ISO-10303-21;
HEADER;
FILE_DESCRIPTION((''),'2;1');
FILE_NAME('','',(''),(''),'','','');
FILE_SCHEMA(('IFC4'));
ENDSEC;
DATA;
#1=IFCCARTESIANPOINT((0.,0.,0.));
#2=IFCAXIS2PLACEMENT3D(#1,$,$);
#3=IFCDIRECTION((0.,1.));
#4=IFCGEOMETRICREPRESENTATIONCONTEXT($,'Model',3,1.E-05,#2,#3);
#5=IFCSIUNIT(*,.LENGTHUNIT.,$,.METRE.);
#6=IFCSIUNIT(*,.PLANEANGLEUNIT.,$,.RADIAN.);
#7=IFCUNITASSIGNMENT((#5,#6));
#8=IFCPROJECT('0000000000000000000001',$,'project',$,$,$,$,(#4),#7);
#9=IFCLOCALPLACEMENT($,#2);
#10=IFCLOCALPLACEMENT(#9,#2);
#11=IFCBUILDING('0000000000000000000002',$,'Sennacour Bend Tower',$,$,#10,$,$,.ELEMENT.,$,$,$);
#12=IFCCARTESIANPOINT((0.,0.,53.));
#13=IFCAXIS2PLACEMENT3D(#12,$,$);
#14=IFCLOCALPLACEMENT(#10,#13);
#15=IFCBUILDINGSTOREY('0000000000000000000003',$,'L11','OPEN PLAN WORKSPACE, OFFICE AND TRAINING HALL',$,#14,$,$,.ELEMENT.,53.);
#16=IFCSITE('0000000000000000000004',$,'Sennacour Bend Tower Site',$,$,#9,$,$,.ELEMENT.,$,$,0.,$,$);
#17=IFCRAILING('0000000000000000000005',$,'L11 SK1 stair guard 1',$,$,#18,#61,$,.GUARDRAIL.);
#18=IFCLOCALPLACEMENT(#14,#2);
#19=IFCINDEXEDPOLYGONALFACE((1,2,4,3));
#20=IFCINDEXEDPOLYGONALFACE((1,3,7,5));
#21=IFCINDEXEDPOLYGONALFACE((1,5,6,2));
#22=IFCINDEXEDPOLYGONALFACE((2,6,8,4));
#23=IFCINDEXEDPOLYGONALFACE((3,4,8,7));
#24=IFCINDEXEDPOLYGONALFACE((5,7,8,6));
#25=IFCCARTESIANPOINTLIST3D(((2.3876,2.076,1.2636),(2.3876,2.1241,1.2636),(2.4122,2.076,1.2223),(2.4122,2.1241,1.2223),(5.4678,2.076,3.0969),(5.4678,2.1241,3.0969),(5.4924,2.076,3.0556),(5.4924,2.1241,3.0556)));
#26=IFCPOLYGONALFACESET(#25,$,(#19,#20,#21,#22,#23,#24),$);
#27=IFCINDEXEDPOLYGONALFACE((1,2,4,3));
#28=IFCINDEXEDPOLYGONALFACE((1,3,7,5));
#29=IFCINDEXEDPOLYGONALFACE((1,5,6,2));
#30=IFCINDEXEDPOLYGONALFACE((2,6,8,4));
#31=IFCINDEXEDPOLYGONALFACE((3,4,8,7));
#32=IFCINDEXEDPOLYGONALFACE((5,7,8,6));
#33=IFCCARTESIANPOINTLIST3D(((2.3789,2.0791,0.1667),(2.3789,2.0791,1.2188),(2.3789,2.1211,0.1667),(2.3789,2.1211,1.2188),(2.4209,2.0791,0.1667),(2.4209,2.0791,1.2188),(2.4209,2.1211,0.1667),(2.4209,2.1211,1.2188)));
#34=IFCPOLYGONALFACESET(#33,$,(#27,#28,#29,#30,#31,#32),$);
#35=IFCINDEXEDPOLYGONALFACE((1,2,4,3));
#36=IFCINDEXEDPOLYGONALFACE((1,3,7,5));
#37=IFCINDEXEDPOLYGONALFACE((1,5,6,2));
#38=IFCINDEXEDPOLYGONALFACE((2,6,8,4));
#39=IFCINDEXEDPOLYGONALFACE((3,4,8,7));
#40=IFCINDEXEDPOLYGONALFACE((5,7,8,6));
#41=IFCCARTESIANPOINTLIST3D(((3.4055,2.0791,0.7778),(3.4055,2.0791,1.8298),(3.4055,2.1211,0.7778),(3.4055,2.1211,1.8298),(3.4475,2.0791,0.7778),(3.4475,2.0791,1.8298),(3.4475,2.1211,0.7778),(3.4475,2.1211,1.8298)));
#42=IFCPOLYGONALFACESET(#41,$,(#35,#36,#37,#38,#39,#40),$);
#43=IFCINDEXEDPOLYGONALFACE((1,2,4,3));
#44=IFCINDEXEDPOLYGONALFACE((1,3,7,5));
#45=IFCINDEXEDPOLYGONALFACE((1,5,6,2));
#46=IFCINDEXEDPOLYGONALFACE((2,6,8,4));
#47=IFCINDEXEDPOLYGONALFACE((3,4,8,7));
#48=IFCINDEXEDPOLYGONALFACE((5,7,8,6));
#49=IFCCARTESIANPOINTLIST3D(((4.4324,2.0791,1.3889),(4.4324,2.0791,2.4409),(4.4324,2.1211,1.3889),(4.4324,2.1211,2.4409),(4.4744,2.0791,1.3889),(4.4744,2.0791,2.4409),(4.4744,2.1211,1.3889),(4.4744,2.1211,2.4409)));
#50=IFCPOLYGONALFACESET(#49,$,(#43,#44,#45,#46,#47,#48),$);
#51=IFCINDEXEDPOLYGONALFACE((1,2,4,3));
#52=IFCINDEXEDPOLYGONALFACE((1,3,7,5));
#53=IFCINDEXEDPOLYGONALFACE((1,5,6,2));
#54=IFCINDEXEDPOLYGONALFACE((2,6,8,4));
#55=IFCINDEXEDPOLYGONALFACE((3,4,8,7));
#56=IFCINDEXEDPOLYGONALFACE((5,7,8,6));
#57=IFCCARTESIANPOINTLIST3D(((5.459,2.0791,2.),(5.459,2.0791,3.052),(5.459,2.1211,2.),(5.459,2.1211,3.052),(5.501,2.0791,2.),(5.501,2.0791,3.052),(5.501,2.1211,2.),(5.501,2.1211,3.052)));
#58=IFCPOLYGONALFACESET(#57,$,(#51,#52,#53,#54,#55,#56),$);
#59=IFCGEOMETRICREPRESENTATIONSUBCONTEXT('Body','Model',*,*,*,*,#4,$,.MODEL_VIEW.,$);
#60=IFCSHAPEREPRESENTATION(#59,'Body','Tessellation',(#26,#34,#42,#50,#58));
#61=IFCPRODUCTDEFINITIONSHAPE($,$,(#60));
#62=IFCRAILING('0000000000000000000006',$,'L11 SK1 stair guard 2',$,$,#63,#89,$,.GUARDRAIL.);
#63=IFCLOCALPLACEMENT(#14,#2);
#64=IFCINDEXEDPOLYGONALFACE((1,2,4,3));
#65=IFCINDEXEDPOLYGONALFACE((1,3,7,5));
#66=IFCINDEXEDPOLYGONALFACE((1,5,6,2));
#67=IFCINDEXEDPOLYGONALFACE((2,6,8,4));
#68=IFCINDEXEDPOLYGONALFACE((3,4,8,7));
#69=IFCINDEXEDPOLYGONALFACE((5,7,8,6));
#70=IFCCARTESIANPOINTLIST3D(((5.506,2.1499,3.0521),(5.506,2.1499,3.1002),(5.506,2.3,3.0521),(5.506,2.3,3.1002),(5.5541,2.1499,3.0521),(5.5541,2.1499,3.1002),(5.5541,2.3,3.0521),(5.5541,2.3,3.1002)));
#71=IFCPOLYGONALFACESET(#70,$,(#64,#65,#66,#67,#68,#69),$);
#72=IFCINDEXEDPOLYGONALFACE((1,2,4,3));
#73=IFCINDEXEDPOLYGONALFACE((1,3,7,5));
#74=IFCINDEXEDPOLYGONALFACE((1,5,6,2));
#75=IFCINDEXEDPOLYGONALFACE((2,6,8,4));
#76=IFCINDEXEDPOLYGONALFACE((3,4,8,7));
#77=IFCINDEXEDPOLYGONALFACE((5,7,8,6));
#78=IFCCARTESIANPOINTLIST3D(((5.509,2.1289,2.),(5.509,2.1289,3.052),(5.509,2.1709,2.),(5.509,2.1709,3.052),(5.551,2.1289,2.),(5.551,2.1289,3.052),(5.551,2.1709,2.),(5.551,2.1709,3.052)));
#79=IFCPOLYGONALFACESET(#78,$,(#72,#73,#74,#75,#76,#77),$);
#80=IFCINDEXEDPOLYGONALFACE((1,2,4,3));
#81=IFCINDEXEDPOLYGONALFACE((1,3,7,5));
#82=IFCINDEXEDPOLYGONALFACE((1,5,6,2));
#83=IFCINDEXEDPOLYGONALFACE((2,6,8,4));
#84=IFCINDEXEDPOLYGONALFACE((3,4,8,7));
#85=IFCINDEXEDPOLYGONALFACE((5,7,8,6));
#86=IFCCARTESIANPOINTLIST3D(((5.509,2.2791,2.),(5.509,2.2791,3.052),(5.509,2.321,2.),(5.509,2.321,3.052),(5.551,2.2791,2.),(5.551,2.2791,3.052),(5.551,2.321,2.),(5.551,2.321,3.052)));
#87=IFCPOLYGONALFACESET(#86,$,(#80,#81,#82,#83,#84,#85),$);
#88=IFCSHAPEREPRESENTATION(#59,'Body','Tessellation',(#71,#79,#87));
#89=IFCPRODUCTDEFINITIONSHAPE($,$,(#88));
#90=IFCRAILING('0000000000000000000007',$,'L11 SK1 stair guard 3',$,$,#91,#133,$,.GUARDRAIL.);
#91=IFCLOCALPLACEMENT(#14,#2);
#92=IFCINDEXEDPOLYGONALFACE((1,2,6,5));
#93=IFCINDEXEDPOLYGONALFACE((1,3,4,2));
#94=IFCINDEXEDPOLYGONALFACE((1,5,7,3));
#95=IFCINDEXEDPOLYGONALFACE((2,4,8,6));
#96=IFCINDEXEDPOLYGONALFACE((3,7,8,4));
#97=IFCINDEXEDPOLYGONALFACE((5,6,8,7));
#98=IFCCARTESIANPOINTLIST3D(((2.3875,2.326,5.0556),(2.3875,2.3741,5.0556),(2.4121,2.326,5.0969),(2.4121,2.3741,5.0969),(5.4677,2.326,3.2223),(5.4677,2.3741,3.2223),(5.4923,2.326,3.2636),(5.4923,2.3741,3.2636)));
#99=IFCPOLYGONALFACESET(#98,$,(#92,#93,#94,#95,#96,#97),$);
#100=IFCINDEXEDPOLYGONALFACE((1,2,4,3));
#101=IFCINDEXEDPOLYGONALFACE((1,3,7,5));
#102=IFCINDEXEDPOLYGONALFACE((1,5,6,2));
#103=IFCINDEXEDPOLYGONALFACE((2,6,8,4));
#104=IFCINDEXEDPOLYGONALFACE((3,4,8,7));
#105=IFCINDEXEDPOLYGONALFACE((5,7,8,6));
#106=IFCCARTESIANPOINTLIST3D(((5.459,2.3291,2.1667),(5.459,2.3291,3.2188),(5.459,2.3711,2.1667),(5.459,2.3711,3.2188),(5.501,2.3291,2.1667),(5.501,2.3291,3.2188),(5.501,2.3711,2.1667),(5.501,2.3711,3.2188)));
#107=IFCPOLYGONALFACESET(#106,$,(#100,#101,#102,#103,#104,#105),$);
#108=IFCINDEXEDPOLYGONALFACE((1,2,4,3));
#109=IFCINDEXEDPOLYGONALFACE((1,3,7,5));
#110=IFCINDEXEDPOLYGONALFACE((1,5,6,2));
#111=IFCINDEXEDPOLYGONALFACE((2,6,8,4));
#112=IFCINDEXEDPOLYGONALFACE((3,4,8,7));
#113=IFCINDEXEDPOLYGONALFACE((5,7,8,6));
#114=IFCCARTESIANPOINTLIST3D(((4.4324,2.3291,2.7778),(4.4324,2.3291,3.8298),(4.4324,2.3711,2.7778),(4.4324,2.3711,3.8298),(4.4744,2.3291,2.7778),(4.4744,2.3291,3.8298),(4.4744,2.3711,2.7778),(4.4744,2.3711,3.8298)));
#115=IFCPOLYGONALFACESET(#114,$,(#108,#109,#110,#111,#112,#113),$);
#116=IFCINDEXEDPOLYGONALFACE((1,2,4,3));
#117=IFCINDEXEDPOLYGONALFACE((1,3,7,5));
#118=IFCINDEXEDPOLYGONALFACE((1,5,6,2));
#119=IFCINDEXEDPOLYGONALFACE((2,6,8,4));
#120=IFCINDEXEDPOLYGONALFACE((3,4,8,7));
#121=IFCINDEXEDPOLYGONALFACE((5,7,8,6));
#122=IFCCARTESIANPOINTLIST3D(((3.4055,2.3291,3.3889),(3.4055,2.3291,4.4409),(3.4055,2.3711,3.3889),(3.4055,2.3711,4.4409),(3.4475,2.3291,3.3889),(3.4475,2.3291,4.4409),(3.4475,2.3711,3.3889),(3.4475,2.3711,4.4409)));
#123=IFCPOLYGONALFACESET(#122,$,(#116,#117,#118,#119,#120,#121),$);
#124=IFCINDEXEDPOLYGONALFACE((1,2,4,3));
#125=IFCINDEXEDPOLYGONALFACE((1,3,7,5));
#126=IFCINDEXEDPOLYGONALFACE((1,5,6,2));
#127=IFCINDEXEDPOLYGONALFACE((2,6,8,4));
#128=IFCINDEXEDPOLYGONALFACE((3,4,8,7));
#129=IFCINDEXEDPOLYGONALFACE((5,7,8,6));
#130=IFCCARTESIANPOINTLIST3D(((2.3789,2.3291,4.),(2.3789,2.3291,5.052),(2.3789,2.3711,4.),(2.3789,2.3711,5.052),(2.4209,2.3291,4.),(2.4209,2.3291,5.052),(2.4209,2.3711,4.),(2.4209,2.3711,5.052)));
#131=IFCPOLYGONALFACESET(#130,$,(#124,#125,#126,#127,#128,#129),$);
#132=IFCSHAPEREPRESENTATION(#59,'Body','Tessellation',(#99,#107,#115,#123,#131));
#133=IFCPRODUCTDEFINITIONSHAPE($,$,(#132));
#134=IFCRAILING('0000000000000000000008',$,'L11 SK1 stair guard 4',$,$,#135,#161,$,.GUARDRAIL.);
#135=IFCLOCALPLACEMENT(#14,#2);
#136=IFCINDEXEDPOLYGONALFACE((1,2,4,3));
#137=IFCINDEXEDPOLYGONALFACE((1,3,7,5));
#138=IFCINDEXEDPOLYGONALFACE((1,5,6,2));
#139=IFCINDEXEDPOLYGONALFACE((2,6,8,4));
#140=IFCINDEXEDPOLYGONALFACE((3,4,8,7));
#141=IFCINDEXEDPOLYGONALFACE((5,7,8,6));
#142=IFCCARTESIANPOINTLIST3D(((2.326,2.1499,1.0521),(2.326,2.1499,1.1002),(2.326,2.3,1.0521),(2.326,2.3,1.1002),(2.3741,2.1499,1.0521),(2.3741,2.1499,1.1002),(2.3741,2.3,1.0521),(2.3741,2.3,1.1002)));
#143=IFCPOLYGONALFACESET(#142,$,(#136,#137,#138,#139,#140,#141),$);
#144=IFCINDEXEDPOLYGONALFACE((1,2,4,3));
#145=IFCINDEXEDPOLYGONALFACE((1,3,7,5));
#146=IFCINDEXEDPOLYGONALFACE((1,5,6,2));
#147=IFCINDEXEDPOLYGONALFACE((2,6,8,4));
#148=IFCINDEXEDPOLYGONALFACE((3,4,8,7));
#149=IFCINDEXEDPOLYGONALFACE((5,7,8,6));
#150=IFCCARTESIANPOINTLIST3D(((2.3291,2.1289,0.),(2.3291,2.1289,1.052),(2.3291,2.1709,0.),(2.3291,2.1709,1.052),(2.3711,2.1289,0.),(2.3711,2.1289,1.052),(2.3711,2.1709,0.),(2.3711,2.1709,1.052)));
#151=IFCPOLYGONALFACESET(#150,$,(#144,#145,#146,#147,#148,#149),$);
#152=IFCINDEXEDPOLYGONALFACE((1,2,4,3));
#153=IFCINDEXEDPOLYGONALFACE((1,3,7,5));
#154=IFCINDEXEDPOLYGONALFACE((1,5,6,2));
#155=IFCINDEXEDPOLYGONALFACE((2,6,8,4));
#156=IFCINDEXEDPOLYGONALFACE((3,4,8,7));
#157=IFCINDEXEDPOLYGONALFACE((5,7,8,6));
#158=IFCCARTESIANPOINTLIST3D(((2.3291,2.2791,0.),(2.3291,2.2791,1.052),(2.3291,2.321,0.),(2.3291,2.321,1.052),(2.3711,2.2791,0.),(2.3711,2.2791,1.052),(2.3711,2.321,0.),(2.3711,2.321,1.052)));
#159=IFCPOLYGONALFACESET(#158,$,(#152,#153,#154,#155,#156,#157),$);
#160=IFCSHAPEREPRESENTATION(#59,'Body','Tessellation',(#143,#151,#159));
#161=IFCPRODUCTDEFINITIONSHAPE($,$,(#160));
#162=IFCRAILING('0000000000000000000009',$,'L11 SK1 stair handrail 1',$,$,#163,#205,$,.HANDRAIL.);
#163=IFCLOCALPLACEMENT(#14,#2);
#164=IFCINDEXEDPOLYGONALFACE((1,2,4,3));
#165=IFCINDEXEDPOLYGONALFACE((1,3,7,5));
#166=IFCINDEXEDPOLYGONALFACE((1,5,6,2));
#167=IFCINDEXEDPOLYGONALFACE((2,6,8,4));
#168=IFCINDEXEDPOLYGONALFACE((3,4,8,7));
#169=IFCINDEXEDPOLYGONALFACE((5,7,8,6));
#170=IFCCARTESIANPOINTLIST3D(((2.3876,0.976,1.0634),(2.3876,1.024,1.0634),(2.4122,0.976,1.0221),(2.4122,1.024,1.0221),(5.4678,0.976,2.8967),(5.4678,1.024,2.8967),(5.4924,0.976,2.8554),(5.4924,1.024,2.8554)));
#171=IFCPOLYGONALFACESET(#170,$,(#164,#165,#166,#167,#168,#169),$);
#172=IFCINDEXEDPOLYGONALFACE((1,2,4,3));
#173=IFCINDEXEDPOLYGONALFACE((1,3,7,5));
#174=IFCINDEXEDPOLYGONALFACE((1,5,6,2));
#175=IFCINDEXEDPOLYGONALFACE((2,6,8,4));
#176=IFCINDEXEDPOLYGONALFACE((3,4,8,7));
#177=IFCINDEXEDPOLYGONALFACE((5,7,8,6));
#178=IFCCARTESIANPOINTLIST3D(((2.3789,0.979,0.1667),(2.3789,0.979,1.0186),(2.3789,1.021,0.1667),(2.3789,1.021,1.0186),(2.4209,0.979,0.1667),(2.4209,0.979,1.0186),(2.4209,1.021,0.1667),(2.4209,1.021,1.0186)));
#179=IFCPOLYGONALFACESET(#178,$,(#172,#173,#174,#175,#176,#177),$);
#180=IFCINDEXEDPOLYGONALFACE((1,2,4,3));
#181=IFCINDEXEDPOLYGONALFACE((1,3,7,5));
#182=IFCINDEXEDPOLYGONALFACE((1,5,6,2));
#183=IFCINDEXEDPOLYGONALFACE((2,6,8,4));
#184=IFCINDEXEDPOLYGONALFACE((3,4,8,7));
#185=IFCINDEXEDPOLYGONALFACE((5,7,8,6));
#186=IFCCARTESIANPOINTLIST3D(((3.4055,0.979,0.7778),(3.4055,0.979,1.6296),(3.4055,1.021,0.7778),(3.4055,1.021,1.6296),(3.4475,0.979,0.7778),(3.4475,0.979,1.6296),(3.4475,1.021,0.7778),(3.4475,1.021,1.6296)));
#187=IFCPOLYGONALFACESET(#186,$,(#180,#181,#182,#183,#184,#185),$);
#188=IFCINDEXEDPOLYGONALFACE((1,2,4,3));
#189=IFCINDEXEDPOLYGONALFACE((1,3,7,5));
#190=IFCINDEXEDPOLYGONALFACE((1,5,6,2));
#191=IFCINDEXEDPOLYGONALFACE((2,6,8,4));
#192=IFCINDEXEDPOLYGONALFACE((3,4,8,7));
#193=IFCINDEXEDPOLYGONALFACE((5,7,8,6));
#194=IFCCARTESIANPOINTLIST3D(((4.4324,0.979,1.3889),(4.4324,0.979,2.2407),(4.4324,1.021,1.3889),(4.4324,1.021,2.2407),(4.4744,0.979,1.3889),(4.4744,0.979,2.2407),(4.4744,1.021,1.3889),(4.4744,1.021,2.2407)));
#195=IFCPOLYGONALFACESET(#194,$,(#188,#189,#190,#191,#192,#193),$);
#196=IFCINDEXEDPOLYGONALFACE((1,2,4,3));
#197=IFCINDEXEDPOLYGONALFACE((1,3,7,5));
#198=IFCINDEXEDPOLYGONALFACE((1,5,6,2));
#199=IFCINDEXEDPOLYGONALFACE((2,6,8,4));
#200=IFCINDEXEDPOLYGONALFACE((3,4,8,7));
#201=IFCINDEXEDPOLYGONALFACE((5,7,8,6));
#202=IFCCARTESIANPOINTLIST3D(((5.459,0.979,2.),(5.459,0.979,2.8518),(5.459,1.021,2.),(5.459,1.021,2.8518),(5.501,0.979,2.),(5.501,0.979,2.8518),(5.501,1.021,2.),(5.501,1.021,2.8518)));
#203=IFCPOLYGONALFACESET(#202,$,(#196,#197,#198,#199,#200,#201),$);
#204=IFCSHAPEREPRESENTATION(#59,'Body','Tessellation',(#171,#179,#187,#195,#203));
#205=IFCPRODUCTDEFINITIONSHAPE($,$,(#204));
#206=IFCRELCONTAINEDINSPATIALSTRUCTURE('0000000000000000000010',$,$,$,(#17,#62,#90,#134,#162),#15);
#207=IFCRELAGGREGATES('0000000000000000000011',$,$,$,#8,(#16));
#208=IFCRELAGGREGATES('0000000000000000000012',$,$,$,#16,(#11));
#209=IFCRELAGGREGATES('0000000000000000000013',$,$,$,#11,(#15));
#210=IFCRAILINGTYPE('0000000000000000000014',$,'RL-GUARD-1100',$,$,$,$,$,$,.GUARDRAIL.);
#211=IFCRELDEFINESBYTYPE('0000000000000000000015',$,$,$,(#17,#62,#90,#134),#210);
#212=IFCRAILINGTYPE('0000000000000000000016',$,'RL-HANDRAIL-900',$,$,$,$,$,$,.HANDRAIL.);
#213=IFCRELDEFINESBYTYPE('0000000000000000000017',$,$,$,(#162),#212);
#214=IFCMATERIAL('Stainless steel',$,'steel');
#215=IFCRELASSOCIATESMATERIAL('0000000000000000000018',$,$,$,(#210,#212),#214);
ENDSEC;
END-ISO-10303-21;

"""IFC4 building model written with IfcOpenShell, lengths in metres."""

from ifc_helpers import new_model, si_unit, direction, frame, origin, origin_2d, place, context, subcontext, project, spatial, rectangle, extrude, material, type_object, element, save


model = new_model("IFC4")

# Units and contexts
model_context = context("Model", 3, precision=1e-05, world=origin(), true_north=direction((0.0, 1.0)))
body_context = subcontext(model_context, "Body", "Model", "MODEL_VIEW")
ifc_project = project(units=[si_unit("LENGTHUNIT", "METRE"), si_unit("PLANEANGLEUNIT", "RADIAN")], contexts=[model_context])

# Site, building, storey
site_placement = place(None, origin())
site = spatial("IfcSite", under=ifc_project, at=site_placement, Name="Sennacour Bend Tower Site", CompositionType="ELEMENT", RefElevation=0.0)
building_placement = place(site_placement, origin())
building = spatial("IfcBuilding", under=site, at=building_placement, Name="Sennacour Bend Tower", CompositionType="ELEMENT")
storey_placement = place(building_placement, frame((0.0, 0.0, 53.0)))
storey = spatial("IfcBuildingStorey", under=building, at=storey_placement, Name="L11", Description="OPEN PLAN WORKSPACE, OFFICE AND TRAINING HALL", CompositionType="ELEMENT", Elevation=53.0)

# Railings
ifc_material_1 = material(Name="Stainless steel", Category="steel")
railing_type_1 = type_object("IfcRailingType", Name="RL-GUARD-1100", PredefinedType="GUARDRAIL", material=ifc_material_1)
railing_1_placement = place(storey_placement, frame((2.3999, 2.1001, 0.1667)))
element("IfcRailing", 1, at=railing_1_placement, inside=storey, type_object=railing_type_1, Name="L11 SK1 stair guard 1", PredefinedType="GUARDRAIL", context=body_context, shape_type="SweptSolid", body=[
    extrude(rectangle(XDim=0.0481, YDim=0.0481, at=origin_2d()), frame((0.0, 0.0, 1.0762), z_axis=(0.859309, 0.0, 0.511458), x_axis=(0.0, 1.0, 0.0)), (0.0, 0.0, 1.0), 3.5845),
    extrude(rectangle(XDim=0.042, YDim=0.042, at=origin_2d()), origin(), (0.0, 0.0, 1.0), 1.052),
    extrude(rectangle(XDim=0.042, YDim=0.042, at=origin_2d()), frame((1.0266, 0.0, 0.6111)), (0.0, 0.0, 1.0), 1.052),
    extrude(rectangle(XDim=0.042, YDim=0.042, at=origin_2d()), frame((2.0535, 0.0, 1.2222)), (0.0, 0.0, 1.0), 1.052),
    extrude(rectangle(XDim=0.042, YDim=0.042, at=origin_2d()), frame((3.0801, 0.0, 1.8333)), (0.0, 0.0, 1.0), 1.052),
])
railing_2_placement = place(storey_placement, frame((5.53, 2.1499, 2.0)))
element("IfcRailing", 2, at=railing_2_placement, inside=storey, type_object=railing_type_1, Name="L11 SK1 stair guard 2", PredefinedType="GUARDRAIL", context=body_context, shape_type="SweptSolid", body=[
    extrude(rectangle(XDim=0.0481, YDim=0.0481, at=origin_2d()), frame((0.0, 0.0, 1.0762), z_axis=(0.0, 1.0, 0.0), x_axis=(-1.0, 0.0, 0.0)), (0.0, 0.0, 1.0), 0.1501),
    extrude(rectangle(XDim=0.042, YDim=0.042, at=origin_2d()), origin(), (0.0, 0.0, 1.0), 1.052),
    extrude(rectangle(XDim=0.042, YDim=0.042, at=origin_2d()), frame((0.0, 0.1501, 0.0)), (0.0, 0.0, 1.0), 1.052),
])
railing_3_placement = place(storey_placement, frame((5.48, 2.3501, 2.1667)))
element("IfcRailing", 3, at=railing_3_placement, inside=storey, type_object=railing_type_1, Name="L11 SK1 stair guard 3", PredefinedType="GUARDRAIL", context=body_context, shape_type="SweptSolid", body=[
    extrude(rectangle(XDim=0.0481, YDim=0.0481, at=origin_2d()), frame((0.0, 0.0, 1.0762), z_axis=(-0.859309, 0.0, 0.511458), x_axis=(0.0, -1.0, 0.0)), (0.0, 0.0, 1.0), 3.5845),
    extrude(rectangle(XDim=0.042, YDim=0.042, at=origin_2d()), origin(), (0.0, 0.0, 1.0), 1.052),
    extrude(rectangle(XDim=0.042, YDim=0.042, at=origin_2d()), frame((-1.0266, 0.0, 0.6111)), (0.0, 0.0, 1.0), 1.052),
    extrude(rectangle(XDim=0.042, YDim=0.042, at=origin_2d()), frame((-2.0535, 0.0, 1.2222)), (0.0, 0.0, 1.0), 1.052),
    extrude(rectangle(XDim=0.042, YDim=0.042, at=origin_2d()), frame((-3.0801, 0.0, 1.8333)), (0.0, 0.0, 1.0), 1.052),
])
railing_4_placement = place(storey_placement, frame((2.3501, 2.1499, 0.0)))
element("IfcRailing", 4, at=railing_4_placement, inside=storey, type_object=railing_type_1, Name="L11 SK1 stair guard 4", PredefinedType="GUARDRAIL", context=body_context, shape_type="SweptSolid", body=[
    extrude(rectangle(XDim=0.0481, YDim=0.0481, at=origin_2d()), frame((0.0, 0.0, 1.0762), z_axis=(0.0, 1.0, 0.0), x_axis=(-1.0, 0.0, 0.0)), (0.0, 0.0, 1.0), 0.1501),
    extrude(rectangle(XDim=0.042, YDim=0.042, at=origin_2d()), origin(), (0.0, 0.0, 1.0), 1.052),
    extrude(rectangle(XDim=0.042, YDim=0.042, at=origin_2d()), frame((0.0, 0.1501, 0.0)), (0.0, 0.0, 1.0), 1.052),
])
railing_type_2 = type_object("IfcRailingType", Name="RL-HANDRAIL-900", PredefinedType="HANDRAIL", material=ifc_material_1)
railing_5_placement = place(storey_placement, frame((2.3999, 1.0, 0.1667)))
element("IfcRailing", 5, at=railing_5_placement, inside=storey, type_object=railing_type_2, Name="L11 SK1 stair handrail 1", PredefinedType="HANDRAIL", context=body_context, shape_type="SweptSolid", body=[
    extrude(rectangle(XDim=0.0481, YDim=0.0481, at=origin_2d()), frame((0.0, 0.0, 0.876), z_axis=(0.859309, 0.0, 0.511458), x_axis=(0.0, 1.0, 0.0)), (0.0, 0.0, 1.0), 3.5845),
    extrude(rectangle(XDim=0.042, YDim=0.042, at=origin_2d()), origin(), (0.0, 0.0, 1.0), 0.8518),
    extrude(rectangle(XDim=0.042, YDim=0.042, at=origin_2d()), frame((1.0266, 0.0, 0.6111)), (0.0, 0.0, 1.0), 0.8518),
    extrude(rectangle(XDim=0.042, YDim=0.042, at=origin_2d()), frame((2.0535, 0.0, 1.2222)), (0.0, 0.0, 1.0), 0.8518),
    extrude(rectangle(XDim=0.042, YDim=0.042, at=origin_2d()), frame((3.0801, 0.0, 1.8333)), (0.0, 0.0, 1.0), 0.8518),
])

save(model, "model.ifc")
